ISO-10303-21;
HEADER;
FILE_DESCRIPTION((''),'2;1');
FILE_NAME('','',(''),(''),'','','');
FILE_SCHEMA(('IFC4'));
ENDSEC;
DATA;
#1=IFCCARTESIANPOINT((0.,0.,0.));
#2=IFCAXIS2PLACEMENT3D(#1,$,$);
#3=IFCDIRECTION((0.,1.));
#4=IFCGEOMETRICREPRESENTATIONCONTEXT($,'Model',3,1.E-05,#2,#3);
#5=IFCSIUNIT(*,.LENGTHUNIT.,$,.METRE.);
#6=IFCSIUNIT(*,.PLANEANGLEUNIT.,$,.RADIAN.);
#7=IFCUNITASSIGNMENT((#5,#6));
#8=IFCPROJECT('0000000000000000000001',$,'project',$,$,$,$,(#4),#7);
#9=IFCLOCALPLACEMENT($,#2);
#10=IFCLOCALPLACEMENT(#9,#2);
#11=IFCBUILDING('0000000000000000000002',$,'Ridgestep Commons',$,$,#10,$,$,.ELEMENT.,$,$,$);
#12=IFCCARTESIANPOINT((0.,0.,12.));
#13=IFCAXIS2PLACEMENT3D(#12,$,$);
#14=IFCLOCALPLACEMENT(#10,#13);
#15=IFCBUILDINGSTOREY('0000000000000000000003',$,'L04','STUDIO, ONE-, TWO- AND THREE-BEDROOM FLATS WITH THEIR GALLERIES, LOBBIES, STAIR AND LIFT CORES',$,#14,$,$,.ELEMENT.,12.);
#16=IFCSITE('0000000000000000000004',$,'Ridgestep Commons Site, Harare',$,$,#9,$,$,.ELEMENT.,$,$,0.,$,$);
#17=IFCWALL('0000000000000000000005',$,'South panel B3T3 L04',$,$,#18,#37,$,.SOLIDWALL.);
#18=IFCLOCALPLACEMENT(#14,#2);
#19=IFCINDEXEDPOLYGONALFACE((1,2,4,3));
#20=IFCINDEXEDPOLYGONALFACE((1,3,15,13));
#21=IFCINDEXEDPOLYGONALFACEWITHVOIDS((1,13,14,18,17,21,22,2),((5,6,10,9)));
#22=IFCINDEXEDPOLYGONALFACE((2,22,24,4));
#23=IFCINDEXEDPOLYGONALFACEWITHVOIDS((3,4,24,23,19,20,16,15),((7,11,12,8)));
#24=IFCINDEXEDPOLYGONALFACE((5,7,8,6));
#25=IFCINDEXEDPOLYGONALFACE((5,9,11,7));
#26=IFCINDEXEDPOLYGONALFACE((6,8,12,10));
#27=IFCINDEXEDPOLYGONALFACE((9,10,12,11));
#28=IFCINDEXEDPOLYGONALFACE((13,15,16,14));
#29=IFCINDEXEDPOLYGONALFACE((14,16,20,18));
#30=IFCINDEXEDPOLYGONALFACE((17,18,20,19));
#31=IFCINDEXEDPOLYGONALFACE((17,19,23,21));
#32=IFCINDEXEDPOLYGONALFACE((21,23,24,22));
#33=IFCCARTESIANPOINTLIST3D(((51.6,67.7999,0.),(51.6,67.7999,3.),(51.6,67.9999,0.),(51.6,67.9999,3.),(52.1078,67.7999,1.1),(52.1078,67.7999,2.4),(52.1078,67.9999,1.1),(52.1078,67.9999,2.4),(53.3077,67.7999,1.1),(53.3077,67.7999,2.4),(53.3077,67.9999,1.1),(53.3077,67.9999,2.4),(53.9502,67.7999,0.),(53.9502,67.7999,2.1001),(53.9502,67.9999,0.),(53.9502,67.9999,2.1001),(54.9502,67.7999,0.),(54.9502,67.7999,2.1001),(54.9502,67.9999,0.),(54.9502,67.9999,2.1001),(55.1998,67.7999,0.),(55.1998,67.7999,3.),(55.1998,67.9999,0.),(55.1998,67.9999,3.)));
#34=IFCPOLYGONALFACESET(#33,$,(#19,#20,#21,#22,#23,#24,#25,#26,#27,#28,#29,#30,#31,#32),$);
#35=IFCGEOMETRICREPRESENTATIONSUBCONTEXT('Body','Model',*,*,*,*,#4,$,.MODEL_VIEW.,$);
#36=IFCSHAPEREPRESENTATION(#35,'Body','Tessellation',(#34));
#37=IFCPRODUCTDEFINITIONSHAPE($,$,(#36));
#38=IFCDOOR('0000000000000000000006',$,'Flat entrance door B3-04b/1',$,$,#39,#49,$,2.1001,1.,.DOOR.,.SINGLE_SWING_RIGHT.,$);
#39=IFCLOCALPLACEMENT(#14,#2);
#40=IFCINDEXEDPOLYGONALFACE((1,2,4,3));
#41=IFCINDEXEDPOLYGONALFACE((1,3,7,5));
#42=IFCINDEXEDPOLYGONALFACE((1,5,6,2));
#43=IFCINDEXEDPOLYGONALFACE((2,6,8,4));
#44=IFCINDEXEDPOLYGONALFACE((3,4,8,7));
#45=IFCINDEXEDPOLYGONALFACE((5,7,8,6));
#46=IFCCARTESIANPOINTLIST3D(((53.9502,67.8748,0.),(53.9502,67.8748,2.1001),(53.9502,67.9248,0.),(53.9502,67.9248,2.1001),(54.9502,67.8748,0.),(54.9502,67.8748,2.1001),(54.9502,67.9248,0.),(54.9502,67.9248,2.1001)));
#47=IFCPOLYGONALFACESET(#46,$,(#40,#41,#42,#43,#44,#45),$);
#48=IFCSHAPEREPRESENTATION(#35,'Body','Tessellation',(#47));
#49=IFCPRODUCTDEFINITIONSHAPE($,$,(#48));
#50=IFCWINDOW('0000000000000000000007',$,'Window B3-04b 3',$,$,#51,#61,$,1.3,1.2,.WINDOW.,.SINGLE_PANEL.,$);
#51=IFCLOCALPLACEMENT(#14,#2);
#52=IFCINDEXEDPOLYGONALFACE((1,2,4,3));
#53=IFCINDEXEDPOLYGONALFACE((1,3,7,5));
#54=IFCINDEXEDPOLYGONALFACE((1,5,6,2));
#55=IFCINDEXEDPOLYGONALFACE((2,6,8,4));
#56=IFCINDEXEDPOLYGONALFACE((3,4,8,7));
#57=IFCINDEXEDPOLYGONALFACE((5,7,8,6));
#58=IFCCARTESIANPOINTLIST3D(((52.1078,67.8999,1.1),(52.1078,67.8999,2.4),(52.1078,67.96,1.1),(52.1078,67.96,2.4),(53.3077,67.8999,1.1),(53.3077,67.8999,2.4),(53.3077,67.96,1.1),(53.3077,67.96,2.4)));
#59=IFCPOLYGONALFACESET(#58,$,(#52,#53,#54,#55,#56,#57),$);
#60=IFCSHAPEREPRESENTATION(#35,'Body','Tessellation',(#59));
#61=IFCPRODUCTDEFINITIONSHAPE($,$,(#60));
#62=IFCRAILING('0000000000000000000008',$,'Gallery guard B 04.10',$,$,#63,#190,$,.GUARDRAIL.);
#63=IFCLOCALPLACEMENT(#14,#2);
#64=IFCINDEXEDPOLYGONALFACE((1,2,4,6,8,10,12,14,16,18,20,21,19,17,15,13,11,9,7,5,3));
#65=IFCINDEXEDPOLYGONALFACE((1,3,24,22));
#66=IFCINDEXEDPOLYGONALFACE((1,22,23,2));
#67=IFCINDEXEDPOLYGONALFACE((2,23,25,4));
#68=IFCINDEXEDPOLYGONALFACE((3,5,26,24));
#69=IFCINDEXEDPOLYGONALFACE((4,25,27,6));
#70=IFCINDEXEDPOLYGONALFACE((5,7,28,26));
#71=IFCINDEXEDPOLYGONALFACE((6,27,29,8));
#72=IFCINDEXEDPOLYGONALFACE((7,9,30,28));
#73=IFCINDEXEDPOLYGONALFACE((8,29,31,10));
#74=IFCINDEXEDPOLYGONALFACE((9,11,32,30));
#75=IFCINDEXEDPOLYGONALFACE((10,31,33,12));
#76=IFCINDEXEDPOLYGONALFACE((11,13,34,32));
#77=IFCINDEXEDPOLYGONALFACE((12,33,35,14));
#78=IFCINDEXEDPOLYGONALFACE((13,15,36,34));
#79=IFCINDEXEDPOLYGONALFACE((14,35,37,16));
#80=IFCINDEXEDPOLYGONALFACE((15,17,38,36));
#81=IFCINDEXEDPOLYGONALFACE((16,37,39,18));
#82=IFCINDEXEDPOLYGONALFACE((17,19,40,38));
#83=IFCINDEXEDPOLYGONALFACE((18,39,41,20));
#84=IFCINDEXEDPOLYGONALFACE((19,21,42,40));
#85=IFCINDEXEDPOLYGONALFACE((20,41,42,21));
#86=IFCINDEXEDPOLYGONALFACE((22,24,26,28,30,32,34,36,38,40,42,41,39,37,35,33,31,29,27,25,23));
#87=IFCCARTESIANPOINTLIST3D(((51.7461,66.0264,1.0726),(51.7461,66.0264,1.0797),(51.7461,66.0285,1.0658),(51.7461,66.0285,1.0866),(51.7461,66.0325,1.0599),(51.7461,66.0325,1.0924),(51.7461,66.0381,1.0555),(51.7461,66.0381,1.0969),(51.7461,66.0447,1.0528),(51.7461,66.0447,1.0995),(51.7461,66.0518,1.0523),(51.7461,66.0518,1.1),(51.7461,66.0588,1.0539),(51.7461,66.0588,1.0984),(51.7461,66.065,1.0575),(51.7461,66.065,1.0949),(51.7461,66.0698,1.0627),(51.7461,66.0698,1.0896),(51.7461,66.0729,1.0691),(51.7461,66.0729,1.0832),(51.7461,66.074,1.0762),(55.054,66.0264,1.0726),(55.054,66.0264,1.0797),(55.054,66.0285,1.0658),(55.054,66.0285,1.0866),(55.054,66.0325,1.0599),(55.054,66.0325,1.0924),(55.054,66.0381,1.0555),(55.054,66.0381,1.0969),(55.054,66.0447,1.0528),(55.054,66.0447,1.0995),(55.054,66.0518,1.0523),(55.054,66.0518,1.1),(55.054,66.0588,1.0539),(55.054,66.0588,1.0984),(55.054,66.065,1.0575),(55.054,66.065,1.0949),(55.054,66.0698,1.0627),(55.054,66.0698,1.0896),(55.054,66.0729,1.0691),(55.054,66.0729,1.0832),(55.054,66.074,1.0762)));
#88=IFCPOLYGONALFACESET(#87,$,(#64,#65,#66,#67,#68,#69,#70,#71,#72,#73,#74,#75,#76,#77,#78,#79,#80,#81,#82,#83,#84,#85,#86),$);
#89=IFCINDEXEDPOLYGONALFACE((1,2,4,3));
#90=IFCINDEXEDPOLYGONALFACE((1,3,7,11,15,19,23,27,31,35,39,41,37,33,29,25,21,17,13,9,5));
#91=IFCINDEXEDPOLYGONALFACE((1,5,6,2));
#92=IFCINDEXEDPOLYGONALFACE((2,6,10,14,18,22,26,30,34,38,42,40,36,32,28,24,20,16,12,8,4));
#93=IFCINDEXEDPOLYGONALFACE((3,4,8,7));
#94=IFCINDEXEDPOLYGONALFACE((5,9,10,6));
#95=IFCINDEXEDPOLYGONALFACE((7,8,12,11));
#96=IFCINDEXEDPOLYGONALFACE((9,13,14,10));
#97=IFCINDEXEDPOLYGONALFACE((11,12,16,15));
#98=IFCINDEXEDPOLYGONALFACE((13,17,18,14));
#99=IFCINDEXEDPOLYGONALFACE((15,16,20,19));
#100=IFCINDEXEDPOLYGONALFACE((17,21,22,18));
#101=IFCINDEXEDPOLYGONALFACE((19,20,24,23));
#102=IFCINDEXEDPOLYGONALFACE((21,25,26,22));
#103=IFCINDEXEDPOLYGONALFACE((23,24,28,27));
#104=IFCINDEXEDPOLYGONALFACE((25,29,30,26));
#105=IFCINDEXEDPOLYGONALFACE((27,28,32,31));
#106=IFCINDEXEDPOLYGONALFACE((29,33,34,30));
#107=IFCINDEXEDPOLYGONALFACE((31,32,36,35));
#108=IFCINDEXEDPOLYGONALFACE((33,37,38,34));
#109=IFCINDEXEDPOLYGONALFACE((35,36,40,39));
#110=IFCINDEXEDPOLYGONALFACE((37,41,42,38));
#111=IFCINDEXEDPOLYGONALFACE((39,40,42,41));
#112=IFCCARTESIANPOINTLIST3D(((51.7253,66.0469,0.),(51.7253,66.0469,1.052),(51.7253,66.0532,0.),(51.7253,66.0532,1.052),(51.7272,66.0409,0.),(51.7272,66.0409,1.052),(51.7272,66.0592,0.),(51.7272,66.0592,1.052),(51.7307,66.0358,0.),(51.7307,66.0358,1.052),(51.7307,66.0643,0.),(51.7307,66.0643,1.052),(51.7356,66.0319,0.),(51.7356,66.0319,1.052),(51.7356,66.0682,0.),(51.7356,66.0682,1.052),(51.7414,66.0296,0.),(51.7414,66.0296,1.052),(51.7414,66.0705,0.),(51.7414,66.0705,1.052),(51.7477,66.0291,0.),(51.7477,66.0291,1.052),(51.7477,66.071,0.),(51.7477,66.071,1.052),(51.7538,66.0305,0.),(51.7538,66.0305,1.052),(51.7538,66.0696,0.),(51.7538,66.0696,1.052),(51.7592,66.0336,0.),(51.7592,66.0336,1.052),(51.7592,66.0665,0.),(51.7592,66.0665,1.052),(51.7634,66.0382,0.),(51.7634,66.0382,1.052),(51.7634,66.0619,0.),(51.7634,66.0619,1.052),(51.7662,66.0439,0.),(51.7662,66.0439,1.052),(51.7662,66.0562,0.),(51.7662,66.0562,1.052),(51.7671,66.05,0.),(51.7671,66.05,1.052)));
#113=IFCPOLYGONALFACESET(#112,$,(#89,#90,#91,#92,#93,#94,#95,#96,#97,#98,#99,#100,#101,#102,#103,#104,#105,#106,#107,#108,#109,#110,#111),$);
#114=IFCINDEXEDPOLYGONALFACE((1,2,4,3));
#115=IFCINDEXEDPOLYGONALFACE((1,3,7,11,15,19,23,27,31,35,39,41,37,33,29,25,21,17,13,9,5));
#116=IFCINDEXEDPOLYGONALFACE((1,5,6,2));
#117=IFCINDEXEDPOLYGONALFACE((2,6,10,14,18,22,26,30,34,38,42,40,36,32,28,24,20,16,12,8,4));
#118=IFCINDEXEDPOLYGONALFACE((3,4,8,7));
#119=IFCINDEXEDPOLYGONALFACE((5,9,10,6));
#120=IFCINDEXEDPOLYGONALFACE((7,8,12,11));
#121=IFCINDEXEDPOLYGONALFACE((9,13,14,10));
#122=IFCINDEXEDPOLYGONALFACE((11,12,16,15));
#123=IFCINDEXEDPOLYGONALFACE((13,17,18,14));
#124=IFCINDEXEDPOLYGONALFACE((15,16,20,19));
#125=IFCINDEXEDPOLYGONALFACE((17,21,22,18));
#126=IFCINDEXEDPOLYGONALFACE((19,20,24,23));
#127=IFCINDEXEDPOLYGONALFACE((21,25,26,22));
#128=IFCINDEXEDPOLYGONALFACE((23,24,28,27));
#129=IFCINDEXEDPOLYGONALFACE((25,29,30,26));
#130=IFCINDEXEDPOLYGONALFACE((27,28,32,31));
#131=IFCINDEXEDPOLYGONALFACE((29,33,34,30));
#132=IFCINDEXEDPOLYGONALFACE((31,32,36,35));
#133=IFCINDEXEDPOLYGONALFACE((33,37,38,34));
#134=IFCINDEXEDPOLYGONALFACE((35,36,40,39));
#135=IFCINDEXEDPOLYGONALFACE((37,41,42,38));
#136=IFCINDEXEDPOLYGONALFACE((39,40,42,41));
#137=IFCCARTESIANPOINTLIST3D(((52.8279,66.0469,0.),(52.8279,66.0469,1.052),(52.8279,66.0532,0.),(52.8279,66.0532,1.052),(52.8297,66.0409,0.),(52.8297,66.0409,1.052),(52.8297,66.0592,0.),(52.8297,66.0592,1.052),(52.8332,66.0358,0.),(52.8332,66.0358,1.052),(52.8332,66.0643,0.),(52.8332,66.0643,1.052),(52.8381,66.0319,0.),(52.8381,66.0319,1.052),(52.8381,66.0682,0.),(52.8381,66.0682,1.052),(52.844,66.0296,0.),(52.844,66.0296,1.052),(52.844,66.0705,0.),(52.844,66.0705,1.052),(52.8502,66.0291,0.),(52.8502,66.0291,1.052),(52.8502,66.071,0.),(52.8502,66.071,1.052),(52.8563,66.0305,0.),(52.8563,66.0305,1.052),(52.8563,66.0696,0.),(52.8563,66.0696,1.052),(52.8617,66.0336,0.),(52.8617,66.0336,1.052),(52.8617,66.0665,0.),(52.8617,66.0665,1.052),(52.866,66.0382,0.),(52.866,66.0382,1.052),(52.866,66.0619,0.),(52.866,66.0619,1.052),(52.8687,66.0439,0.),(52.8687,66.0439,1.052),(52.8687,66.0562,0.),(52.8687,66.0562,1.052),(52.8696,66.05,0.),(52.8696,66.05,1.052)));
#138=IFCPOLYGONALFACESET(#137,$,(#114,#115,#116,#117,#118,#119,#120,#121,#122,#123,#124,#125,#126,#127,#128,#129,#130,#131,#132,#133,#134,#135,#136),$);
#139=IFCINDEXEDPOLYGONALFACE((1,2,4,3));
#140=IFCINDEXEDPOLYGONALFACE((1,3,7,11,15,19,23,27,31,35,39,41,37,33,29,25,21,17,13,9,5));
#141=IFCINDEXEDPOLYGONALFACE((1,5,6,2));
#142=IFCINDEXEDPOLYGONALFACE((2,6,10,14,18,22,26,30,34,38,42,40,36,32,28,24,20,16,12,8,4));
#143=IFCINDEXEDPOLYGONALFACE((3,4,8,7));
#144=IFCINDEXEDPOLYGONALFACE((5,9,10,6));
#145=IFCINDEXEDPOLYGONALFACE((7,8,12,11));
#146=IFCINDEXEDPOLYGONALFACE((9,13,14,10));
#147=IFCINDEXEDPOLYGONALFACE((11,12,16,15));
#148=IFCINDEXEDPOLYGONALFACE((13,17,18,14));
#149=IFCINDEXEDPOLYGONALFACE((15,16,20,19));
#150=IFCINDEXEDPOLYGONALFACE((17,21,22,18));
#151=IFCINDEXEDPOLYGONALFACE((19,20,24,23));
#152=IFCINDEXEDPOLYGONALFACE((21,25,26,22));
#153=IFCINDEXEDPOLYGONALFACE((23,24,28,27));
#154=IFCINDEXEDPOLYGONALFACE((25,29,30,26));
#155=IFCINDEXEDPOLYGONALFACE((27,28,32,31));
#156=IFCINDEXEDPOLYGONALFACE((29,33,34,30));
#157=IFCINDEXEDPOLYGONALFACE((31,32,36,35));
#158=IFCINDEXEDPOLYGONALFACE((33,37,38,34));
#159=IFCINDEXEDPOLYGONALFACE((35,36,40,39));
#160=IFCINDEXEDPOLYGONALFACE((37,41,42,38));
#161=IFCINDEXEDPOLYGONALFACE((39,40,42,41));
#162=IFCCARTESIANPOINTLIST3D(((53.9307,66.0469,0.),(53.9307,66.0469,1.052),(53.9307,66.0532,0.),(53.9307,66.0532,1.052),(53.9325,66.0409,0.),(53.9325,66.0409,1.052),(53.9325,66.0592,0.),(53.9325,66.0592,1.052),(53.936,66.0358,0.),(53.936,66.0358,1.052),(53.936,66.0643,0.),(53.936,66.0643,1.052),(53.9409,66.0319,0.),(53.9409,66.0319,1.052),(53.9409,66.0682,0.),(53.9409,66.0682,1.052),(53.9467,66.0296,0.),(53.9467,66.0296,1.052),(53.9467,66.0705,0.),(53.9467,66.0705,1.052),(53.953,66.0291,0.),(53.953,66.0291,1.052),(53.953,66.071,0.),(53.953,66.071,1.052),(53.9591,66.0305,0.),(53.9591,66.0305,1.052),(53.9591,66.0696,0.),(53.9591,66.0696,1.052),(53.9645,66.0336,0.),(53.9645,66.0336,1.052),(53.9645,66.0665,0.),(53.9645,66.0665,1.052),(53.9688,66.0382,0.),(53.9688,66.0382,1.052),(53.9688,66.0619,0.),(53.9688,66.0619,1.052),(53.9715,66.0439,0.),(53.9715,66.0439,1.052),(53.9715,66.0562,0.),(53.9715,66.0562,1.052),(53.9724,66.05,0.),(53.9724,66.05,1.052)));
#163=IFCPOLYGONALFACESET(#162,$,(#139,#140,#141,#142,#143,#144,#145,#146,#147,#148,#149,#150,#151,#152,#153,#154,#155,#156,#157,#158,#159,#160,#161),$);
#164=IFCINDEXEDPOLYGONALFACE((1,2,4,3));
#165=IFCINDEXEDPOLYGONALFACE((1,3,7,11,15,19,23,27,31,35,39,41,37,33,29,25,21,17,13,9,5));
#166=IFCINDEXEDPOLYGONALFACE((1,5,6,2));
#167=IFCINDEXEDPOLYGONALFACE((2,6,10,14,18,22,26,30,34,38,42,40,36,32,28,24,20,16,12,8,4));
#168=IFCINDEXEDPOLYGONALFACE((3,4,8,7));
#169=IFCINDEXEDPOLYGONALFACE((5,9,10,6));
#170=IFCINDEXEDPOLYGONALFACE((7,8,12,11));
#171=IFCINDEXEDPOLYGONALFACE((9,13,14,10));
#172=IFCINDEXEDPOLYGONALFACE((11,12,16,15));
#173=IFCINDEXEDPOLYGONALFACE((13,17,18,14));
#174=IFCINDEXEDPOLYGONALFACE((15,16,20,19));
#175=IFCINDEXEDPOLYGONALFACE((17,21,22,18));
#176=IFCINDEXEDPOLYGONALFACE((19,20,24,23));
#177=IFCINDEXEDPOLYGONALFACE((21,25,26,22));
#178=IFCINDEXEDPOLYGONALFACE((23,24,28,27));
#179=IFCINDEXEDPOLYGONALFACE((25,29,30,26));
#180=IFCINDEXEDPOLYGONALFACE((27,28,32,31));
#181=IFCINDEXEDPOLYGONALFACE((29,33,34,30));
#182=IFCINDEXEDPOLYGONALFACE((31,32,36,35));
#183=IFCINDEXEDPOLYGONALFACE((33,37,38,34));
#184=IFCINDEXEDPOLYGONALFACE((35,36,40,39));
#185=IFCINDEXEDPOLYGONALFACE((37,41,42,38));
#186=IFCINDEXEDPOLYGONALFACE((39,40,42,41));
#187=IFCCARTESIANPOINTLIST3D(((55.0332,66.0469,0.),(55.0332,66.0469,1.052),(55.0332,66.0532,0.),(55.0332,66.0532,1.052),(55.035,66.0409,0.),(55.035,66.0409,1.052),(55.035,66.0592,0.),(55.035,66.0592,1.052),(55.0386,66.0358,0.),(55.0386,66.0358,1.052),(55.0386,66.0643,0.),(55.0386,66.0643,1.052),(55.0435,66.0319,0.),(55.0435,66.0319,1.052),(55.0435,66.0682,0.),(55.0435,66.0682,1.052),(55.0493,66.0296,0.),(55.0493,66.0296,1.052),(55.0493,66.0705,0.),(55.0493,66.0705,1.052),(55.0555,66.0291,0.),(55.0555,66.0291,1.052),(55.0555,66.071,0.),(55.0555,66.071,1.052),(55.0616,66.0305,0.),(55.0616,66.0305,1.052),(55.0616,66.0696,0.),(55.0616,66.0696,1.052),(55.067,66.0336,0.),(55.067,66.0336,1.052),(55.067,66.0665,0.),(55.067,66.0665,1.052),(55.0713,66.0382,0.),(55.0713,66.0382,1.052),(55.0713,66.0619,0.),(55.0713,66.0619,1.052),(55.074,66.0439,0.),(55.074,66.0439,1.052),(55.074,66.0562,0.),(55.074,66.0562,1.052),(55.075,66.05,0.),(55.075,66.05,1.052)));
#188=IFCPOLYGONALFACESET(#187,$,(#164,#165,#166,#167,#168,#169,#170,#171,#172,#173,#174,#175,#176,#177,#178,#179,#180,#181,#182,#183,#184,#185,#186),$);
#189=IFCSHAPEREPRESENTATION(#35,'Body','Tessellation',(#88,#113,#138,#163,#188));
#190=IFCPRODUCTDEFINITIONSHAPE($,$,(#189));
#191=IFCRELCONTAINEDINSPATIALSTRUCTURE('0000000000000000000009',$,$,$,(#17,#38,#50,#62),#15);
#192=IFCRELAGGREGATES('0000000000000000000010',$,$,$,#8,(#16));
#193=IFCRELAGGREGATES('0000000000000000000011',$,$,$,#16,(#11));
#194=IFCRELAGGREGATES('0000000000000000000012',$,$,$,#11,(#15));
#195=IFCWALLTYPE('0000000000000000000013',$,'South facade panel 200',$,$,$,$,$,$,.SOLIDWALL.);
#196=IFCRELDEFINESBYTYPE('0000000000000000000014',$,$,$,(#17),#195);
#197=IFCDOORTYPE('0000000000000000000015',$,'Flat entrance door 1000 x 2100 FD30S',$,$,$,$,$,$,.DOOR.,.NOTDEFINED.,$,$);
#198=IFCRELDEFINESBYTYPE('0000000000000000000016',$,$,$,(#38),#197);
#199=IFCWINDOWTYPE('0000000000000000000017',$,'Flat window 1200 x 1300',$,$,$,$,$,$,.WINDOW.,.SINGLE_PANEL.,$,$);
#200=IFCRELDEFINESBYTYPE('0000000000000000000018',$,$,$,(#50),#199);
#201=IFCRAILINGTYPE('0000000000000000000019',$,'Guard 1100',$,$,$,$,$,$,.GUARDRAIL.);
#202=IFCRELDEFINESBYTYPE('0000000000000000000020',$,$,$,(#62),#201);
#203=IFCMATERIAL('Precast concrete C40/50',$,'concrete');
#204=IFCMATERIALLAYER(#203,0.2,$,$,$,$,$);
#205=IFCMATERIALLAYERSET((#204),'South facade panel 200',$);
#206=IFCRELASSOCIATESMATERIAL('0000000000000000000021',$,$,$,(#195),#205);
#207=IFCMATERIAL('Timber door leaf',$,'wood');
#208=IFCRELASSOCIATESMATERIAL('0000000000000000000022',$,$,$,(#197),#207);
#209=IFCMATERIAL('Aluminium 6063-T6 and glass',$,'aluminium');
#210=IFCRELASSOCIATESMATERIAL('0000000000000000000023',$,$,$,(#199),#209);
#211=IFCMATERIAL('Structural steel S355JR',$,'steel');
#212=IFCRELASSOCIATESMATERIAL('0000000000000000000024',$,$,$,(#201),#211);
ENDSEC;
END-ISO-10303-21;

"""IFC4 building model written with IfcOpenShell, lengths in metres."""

from ifc_helpers import new_model, si_unit, direction, frame, frame_2d, origin, origin_2d, place, context, subcontext, project, spatial, rectangle, circle, extrude, material, layer, layer_set, type_object, element, fill, save


model = new_model("IFC4")

# Units and contexts
model_context = context("Model", 3, precision=1e-05, world=origin(), true_north=direction((0.0, 1.0)))
body_context = subcontext(model_context, "Body", "Model", "MODEL_VIEW")
ifc_project = project(units=[si_unit("LENGTHUNIT", "METRE"), si_unit("PLANEANGLEUNIT", "RADIAN")], contexts=[model_context])

# Site, building, storey
site_placement = place(None, origin())
site = spatial("IfcSite", under=ifc_project, at=site_placement, Name="Ridgestep Commons Site, Harare", CompositionType="ELEMENT", RefElevation=0.0)
building_placement = place(site_placement, origin())
building = spatial("IfcBuilding", under=site, at=building_placement, Name="Ridgestep Commons", CompositionType="ELEMENT")
storey_placement = place(building_placement, frame((0.0, 0.0, 12.0)))
storey = spatial("IfcBuildingStorey", under=building, at=storey_placement, Name="L04", Description="STUDIO, ONE-, TWO- AND THREE-BEDROOM FLATS WITH THEIR GALLERIES, LOBBIES, STAIR AND LIFT CORES", CompositionType="ELEMENT", Elevation=12.0)

# Wall, openings, door, window
ifc_material_1 = material(Name="Precast concrete C40/50", Category="concrete")
ifc_layer_1 = layer(ifc_material_1, 0.2)
ifc_layer_set_1 = layer_set([ifc_layer_1], Name="South facade panel 200")
wall_type_1 = type_object("IfcWallType", Name="South facade panel 200", PredefinedType="SOLIDWALL", material=ifc_layer_set_1)
wall_1_placement = place(storey_placement, frame((51.6001, 67.8999, 0.0), z_axis=(0.0, 0.0, 1.0), x_axis=(1.0, 0.0, 0.0)))
wall_1 = element("IfcWall", 1, at=wall_1_placement, inside=storey, type_object=wall_type_1, Name="South panel B3T3 L04", PredefinedType="SOLIDWALL", context=body_context, shape_type="SweptSolid", body=[
    extrude(rectangle(XDim=3.5999, YDim=0.2, at=frame_2d((1.7998, 0.0))), origin(), (0.0, 0.0, 1.0), 3.0),
])
opening_1_placement = place(wall_1_placement, frame((0.5076, 0.0, 1.1001)))
opening_1 = element("IfcOpeningElement", 2, at=opening_1_placement, cuts=wall_1, PredefinedType="OPENING", context=body_context, shape_type="SweptSolid", body=[
    extrude(rectangle(XDim=1.2, YDim=1.3, at=frame_2d((0.6001, 0.6499))), frame((0.0, 0.1099, 0.0), z_axis=(0.0, -1.0, 0.0), x_axis=(1.0, 0.0, 0.0)), (0.0, 0.0, 1.0), 0.22),
])
opening_2_placement = place(wall_1_placement, frame((2.3501, 0.0, 0.0)))
opening_2 = element("IfcOpeningElement", 3, at=opening_2_placement, cuts=wall_1, PredefinedType="OPENING", context=body_context, shape_type="SweptSolid", body=[
    extrude(rectangle(XDim=1.0, YDim=2.1001, at=frame_2d((0.5, 1.05))), frame((0.0, 0.1099, 0.0), z_axis=(0.0, -1.0, 0.0), x_axis=(1.0, 0.0, 0.0)), (0.0, 0.0, 1.0), 0.22),
])
ifc_material_2 = material(Name="Timber door leaf", Category="wood")
door_type_1 = type_object("IfcDoorType", Name="Flat entrance door 1000 x 2100 FD30S", OperationType="NOTDEFINED", PredefinedType="DOOR", material=ifc_material_2)
door_1_placement = place(opening_2_placement, origin())
door_1 = element("IfcDoor", 4, at=door_1_placement, inside=storey, type_object=door_type_1, Name="Flat entrance door B3-04b/1", OperationType="SINGLE_SWING_RIGHT", OverallHeight=2.1001, OverallWidth=1.0, PredefinedType="DOOR", context=body_context, shape_type="SweptSolid", body=[
    extrude(rectangle(XDim=1.0, YDim=2.1001, at=frame_2d((0.5, 1.05))), frame((0.0, 0.0249, 0.0), z_axis=(0.0, -1.0, 0.0), x_axis=(1.0, 0.0, 0.0)), (0.0, 0.0, 1.0), 0.05),
])
fill(opening_2, door_1)
ifc_material_3 = material(Name="Aluminium 6063-T6 and glass", Category="aluminium")
window_type = type_object("IfcWindowType", Name="Flat window 1200 x 1300", PartitioningType="SINGLE_PANEL", PredefinedType="WINDOW", material=ifc_material_3)
window_placement = place(opening_1_placement, origin())
window = element("IfcWindow", 5, at=window_placement, inside=storey, type_object=window_type, Name="Window B3-04b 3", OverallHeight=1.3, OverallWidth=1.2, PartitioningType="SINGLE_PANEL", PredefinedType="WINDOW", context=body_context, shape_type="SweptSolid", body=[
    extrude(rectangle(XDim=1.2, YDim=1.3, at=frame_2d((0.6001, 0.6499))), frame((0.0, 0.0601, 0.0), z_axis=(0.0, -1.0, 0.0), x_axis=(1.0, 0.0, 0.0)), (0.0, 0.0, 1.0), 0.0601),
])
fill(opening_1, window)

# Railing
ifc_material_4 = material(Name="Structural steel S355JR", Category="steel")
railing_type_1 = type_object("IfcRailingType", Name="Guard 1100", PredefinedType="GUARDRAIL", material=ifc_material_4)
railing_1_placement = place(storey_placement, frame((51.7461, 66.05, 0.0)))
element("IfcRailing", 6, at=railing_1_placement, inside=storey, type_object=railing_type_1, Name="Gallery guard B 04.10", PredefinedType="GUARDRAIL", context=body_context, shape_type="SweptSolid", body=[
    extrude(circle(Radius=0.0239, at=origin_2d()), frame((0.0, 0.0, 1.0762), z_axis=(1.0, 0.0, 0.0), x_axis=(0.0, 1.0, 0.0)), (0.0, 0.0, 1.0), 3.3079),
    extrude(circle(Radius=0.021, at=origin_2d()), origin(), (0.0, 0.0, 1.0), 1.052),
    extrude(circle(Radius=0.021, at=origin_2d()), frame((1.1025, 0.0, 0.0)), (0.0, 0.0, 1.0), 1.052),
    extrude(circle(Radius=0.021, at=origin_2d()), frame((2.2053, 0.0, 0.0)), (0.0, 0.0, 1.0), 1.052),
    extrude(circle(Radius=0.021, at=origin_2d()), frame((3.3079, 0.0, 0.0)), (0.0, 0.0, 1.0), 1.052),
])

save(model, "model.ifc")
